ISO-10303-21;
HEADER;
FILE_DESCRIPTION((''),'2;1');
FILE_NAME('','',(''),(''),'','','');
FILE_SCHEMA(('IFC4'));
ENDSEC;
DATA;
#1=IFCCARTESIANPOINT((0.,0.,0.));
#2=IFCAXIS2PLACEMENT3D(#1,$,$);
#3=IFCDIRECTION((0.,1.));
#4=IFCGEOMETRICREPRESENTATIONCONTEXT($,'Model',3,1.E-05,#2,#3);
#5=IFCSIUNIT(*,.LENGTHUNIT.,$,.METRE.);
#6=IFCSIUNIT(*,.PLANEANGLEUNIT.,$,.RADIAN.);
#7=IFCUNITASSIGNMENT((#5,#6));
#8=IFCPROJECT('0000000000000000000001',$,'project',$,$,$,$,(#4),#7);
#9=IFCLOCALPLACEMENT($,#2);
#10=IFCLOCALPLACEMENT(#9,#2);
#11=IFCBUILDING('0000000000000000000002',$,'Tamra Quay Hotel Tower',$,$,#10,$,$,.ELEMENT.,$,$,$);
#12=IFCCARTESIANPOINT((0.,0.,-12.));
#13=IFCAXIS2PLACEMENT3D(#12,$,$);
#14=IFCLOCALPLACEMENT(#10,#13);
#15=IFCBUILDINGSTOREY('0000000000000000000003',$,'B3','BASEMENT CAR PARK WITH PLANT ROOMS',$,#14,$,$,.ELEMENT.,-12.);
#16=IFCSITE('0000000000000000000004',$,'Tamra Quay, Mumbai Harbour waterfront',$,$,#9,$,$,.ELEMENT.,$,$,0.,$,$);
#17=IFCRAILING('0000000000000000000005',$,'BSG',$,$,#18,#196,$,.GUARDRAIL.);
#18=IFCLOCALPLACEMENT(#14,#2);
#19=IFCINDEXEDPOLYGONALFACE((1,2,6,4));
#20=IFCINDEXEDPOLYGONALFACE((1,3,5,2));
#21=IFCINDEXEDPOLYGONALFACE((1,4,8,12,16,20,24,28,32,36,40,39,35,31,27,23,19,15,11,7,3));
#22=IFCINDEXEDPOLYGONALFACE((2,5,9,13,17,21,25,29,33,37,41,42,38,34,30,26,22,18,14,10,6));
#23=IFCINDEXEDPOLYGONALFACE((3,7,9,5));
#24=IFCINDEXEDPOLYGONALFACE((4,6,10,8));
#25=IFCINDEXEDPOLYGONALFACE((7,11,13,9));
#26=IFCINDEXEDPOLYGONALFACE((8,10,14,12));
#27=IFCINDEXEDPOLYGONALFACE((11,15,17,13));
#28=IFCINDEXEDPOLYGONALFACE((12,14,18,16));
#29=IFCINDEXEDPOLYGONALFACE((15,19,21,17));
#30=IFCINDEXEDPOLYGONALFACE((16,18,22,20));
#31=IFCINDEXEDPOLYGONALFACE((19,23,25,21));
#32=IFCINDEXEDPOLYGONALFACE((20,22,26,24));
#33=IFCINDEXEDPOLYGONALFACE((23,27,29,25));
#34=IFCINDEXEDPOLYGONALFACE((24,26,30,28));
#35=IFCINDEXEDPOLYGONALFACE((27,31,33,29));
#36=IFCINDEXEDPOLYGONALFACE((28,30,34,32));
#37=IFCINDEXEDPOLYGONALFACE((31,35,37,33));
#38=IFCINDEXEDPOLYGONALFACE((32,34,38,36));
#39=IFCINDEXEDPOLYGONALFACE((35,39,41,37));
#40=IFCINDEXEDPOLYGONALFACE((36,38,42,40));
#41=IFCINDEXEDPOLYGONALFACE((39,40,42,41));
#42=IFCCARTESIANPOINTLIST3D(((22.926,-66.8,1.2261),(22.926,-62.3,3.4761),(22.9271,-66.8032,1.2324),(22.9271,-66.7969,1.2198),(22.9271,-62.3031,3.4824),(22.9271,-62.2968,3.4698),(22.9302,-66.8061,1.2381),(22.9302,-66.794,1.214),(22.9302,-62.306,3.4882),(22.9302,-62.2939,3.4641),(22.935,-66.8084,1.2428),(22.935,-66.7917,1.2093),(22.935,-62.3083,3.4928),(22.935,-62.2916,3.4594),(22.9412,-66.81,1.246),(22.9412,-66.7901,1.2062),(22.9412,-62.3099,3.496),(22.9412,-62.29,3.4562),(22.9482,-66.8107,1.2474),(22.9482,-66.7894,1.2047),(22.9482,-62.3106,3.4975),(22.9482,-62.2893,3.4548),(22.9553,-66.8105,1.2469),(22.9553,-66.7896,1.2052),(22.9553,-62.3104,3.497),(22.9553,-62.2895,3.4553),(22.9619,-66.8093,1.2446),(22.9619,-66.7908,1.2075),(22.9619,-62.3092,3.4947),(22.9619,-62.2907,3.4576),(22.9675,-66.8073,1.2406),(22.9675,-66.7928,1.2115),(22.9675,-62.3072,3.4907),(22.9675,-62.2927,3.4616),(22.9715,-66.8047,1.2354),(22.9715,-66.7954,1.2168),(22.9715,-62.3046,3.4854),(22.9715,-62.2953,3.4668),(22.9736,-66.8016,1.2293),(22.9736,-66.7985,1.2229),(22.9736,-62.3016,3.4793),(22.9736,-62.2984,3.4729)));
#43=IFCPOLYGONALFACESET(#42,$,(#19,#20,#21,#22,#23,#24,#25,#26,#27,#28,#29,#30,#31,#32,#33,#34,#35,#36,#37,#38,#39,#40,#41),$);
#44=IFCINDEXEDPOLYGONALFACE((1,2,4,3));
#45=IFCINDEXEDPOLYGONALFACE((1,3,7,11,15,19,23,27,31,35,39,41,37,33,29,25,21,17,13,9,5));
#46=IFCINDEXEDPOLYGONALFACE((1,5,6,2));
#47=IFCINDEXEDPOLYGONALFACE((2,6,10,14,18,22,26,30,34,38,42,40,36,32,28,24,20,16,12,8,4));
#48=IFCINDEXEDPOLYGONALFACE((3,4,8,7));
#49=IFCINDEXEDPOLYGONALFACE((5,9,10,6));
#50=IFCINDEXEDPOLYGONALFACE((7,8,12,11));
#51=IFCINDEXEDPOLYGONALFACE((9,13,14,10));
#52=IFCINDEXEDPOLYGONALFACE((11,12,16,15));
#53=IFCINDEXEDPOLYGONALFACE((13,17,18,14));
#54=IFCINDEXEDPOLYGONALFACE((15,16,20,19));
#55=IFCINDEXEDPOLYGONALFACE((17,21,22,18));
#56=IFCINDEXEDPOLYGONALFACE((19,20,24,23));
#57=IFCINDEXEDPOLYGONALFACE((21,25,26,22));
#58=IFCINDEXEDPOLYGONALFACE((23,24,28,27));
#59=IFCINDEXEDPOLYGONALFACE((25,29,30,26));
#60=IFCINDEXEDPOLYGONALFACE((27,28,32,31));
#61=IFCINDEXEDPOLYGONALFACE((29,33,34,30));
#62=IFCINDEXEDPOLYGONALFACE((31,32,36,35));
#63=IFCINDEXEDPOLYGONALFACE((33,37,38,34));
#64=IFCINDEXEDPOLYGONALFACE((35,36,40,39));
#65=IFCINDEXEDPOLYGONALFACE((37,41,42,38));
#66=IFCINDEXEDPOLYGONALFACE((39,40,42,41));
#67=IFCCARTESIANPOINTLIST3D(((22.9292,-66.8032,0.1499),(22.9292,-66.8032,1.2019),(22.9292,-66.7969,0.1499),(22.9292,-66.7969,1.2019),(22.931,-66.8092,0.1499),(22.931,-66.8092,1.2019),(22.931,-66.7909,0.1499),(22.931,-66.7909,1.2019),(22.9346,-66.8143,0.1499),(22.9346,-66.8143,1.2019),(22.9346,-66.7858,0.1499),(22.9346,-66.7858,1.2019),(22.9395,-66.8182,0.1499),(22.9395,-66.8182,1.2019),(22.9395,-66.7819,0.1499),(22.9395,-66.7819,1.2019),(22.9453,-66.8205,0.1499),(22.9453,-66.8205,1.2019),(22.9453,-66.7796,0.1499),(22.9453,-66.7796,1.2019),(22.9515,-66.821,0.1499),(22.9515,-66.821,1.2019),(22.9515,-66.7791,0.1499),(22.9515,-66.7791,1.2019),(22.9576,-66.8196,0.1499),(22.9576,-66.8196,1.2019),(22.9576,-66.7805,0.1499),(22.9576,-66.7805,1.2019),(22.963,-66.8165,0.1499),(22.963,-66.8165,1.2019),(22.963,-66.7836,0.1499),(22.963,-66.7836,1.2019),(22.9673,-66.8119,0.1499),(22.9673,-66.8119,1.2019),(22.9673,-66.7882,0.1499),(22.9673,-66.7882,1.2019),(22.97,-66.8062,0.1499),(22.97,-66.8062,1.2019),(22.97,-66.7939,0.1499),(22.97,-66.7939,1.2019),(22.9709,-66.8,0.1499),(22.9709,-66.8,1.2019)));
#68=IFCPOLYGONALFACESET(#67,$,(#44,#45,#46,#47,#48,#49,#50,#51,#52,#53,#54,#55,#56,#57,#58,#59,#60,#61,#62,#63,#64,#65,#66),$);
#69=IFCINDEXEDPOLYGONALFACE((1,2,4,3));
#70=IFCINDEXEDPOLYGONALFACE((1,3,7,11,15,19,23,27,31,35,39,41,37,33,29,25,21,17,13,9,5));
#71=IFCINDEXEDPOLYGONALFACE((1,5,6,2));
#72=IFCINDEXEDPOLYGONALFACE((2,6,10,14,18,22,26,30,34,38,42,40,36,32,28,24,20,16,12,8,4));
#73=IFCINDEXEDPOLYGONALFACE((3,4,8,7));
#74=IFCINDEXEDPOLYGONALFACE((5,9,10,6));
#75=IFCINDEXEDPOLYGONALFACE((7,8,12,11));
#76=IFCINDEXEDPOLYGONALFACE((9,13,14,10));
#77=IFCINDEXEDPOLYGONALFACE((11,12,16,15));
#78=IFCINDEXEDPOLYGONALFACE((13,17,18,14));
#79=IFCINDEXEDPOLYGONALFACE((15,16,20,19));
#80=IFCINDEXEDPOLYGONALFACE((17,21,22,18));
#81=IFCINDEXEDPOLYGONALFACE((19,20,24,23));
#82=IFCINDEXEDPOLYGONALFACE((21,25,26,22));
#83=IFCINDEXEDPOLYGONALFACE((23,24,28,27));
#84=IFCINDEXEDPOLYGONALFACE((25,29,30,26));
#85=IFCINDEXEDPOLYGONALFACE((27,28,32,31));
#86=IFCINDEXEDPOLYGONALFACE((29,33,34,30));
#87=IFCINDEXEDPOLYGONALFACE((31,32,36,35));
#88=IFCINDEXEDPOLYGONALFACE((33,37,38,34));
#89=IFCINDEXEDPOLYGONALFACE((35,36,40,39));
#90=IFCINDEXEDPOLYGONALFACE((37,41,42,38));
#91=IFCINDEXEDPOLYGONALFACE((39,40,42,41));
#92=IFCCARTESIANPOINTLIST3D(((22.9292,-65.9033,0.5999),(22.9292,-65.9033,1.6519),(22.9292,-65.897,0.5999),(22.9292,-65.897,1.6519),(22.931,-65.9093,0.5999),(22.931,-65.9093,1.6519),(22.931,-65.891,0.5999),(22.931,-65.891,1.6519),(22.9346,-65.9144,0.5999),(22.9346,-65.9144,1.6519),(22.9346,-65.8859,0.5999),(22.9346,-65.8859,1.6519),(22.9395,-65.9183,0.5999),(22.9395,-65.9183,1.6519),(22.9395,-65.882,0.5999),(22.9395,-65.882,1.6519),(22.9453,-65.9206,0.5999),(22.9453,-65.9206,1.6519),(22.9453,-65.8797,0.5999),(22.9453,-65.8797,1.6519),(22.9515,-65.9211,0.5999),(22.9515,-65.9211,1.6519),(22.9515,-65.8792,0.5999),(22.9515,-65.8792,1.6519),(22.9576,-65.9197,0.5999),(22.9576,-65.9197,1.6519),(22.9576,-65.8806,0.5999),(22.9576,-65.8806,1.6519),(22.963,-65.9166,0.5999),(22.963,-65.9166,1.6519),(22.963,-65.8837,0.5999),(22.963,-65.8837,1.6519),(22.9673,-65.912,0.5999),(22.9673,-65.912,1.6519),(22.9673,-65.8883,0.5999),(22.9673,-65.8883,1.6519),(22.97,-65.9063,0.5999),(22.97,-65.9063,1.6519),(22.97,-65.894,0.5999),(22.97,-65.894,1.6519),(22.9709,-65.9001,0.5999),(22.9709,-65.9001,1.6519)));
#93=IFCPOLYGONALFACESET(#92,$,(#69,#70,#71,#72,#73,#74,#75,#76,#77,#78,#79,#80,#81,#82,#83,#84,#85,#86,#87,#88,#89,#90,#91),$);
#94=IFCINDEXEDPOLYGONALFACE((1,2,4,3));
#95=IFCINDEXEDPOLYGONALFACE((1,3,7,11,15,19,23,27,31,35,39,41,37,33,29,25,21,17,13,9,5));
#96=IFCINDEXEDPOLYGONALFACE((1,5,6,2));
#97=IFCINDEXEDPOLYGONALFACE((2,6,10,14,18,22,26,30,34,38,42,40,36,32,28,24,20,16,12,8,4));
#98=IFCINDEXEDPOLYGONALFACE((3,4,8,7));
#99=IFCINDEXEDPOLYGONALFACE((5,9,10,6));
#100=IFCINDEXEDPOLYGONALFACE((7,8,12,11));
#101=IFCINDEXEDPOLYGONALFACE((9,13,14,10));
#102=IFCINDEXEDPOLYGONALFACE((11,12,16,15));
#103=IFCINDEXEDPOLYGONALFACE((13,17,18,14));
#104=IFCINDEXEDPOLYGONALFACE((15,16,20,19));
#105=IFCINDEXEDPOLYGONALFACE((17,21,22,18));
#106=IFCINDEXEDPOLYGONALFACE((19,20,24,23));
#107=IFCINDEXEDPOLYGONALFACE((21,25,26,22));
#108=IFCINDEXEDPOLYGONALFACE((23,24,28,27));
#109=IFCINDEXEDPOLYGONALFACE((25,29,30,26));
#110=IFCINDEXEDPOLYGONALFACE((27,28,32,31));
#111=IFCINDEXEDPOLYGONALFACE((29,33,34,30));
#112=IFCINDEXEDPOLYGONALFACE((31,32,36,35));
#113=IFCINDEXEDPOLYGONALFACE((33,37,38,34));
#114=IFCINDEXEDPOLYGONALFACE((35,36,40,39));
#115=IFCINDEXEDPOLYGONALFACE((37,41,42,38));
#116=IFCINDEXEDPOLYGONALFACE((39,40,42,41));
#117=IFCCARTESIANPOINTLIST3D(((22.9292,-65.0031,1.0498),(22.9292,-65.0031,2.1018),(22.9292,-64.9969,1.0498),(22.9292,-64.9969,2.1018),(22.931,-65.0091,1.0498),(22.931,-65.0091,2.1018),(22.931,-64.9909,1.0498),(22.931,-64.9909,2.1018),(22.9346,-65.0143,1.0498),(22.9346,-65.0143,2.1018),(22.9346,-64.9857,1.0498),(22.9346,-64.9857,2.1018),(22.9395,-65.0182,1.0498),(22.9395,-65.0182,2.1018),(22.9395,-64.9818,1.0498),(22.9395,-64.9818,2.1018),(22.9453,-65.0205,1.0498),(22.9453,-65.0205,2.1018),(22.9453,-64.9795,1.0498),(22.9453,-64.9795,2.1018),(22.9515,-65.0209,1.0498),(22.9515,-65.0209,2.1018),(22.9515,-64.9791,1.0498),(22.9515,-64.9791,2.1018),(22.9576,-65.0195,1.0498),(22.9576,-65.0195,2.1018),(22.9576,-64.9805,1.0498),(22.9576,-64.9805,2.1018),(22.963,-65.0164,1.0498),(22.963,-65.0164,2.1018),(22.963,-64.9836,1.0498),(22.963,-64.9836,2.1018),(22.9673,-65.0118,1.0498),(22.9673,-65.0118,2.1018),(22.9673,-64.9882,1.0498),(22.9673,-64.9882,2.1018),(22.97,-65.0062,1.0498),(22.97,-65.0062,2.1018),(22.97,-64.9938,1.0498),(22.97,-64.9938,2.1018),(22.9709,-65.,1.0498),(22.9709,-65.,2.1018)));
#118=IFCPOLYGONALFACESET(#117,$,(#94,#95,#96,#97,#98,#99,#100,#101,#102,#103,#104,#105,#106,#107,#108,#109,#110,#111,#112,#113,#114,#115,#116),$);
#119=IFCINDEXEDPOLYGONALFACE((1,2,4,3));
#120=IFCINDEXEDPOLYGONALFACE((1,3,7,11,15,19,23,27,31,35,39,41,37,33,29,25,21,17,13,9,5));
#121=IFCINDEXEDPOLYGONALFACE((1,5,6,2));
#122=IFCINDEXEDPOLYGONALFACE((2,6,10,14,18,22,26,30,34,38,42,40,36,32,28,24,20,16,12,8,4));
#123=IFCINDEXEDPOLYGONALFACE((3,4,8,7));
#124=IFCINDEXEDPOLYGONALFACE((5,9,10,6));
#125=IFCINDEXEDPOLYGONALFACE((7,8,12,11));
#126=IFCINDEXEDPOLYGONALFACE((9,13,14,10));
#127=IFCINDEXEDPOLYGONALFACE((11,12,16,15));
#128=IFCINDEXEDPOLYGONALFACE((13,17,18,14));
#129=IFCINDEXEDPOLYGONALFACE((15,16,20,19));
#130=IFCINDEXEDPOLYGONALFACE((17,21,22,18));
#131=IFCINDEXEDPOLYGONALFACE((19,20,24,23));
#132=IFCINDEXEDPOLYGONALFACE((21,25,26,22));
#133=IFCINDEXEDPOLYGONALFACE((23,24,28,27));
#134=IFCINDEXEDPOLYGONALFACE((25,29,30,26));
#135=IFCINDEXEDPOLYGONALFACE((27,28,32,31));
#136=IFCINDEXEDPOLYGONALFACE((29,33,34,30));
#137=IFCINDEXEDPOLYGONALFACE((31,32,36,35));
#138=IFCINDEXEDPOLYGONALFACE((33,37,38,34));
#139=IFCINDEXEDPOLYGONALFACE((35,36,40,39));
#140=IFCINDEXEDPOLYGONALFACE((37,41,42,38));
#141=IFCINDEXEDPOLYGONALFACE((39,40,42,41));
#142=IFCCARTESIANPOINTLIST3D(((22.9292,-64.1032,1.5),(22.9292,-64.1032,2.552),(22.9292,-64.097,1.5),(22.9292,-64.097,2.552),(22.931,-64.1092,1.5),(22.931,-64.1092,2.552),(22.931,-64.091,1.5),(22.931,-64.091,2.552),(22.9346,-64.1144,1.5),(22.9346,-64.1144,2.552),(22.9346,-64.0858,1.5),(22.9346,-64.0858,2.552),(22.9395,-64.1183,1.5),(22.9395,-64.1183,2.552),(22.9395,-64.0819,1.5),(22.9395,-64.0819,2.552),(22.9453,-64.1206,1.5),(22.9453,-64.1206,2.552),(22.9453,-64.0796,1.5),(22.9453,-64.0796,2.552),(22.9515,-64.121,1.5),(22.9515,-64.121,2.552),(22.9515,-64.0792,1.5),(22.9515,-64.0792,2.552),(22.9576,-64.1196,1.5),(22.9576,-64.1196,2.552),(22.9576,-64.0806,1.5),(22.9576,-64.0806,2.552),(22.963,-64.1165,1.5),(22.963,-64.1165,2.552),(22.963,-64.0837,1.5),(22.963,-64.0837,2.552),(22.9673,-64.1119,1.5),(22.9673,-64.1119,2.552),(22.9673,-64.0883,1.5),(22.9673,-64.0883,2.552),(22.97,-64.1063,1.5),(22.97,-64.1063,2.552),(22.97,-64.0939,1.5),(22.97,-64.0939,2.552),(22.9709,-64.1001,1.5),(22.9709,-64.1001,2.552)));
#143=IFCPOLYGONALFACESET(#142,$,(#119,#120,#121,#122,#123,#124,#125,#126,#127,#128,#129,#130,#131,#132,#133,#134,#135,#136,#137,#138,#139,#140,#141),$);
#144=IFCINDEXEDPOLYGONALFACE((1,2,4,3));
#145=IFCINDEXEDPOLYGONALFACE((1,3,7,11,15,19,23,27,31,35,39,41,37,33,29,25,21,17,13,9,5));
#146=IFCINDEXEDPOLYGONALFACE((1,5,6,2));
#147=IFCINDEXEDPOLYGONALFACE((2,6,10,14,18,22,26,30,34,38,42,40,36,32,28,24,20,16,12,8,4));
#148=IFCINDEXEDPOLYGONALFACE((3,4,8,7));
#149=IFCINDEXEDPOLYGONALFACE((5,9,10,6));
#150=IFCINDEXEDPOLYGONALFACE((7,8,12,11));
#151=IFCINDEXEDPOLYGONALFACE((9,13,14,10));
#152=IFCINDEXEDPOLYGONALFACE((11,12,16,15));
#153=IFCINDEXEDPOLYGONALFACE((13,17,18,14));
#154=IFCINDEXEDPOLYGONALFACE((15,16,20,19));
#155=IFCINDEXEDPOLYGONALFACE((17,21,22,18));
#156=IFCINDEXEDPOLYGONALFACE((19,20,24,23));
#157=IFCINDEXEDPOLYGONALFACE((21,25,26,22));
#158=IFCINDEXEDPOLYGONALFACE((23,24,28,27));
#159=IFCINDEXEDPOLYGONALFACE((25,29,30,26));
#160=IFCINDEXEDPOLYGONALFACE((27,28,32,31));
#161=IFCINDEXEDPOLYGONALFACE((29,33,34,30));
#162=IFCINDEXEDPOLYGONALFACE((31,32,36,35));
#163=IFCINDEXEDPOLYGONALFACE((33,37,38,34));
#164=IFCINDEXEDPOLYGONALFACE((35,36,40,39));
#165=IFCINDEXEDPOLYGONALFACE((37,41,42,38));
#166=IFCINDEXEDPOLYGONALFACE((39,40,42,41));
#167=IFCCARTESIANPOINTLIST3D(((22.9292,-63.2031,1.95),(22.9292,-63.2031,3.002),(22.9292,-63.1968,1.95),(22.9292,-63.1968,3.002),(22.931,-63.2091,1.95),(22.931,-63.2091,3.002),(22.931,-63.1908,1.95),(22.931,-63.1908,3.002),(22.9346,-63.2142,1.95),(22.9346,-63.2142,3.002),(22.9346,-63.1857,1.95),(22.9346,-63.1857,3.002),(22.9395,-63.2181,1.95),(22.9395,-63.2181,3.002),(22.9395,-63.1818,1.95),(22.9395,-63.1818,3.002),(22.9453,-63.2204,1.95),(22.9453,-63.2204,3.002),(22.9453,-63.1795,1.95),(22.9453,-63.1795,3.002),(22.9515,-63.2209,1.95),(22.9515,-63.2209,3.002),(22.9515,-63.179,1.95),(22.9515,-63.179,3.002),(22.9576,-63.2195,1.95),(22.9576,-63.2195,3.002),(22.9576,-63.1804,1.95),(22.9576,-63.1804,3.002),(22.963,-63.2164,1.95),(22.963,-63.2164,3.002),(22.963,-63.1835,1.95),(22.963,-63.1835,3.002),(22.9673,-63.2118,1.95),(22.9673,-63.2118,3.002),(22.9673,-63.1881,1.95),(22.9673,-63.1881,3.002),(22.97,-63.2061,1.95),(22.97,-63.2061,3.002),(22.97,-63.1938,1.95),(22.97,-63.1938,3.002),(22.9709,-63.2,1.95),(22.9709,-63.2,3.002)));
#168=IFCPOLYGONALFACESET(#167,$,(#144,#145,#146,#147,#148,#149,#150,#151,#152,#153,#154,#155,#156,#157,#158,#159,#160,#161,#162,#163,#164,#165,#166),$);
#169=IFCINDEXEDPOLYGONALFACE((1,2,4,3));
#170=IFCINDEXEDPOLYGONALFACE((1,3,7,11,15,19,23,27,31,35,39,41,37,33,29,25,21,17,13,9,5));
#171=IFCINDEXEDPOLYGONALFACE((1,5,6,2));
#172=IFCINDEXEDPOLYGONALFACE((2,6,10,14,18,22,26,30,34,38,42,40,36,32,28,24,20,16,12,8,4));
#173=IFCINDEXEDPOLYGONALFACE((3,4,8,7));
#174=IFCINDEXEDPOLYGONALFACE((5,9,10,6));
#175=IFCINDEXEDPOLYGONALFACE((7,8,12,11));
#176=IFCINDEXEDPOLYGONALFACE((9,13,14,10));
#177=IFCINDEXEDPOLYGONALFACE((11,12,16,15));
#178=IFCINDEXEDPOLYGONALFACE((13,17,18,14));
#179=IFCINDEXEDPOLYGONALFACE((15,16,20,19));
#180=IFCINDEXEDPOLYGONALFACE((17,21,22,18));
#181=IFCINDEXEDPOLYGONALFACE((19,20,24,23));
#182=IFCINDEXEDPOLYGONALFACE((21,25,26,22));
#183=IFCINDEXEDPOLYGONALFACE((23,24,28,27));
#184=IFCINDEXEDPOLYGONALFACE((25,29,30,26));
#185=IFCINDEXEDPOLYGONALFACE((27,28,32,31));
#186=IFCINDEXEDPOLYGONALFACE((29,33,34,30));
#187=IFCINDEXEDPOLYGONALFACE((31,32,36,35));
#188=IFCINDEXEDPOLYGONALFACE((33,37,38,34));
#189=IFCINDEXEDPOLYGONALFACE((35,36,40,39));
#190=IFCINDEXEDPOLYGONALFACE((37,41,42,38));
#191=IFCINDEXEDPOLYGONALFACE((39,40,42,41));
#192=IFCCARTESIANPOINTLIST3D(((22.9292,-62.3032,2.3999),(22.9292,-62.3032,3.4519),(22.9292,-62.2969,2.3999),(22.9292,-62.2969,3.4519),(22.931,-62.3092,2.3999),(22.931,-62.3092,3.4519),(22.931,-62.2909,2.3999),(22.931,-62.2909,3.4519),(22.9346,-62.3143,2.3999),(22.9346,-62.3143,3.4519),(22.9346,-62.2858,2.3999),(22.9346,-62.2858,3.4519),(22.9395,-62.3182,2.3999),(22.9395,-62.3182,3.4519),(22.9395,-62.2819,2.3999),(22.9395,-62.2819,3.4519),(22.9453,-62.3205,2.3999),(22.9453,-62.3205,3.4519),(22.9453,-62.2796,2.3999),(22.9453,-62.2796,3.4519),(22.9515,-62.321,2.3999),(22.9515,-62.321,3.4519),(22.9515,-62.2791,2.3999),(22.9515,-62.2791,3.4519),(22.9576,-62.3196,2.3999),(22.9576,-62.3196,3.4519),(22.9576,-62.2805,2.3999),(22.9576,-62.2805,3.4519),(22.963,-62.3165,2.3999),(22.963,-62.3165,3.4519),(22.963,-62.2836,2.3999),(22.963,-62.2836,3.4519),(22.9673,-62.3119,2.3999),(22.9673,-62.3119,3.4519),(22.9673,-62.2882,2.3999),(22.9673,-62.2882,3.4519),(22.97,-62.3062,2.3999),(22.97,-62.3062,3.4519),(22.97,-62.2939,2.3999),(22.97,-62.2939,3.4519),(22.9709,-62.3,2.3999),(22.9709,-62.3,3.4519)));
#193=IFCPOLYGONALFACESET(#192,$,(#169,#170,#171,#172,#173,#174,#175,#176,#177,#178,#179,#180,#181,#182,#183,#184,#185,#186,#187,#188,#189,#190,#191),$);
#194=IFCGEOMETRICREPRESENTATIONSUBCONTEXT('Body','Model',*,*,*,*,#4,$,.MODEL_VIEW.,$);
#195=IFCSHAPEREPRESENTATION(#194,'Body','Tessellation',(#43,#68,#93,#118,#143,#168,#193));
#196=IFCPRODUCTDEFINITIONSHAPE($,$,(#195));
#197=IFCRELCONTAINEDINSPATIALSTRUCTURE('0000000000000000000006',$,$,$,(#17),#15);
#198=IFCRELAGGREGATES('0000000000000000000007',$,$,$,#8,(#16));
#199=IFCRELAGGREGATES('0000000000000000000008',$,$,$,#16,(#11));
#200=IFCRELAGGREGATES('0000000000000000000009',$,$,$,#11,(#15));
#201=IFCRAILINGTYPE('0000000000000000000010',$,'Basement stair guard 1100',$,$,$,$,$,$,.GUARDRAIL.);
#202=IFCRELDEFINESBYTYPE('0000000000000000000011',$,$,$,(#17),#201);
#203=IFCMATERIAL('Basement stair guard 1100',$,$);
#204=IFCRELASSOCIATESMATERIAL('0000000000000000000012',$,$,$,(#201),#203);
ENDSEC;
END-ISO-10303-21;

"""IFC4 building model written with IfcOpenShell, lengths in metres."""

from ifc_helpers import new_model, si_unit, direction, frame, origin, origin_2d, place, context, subcontext, project, spatial, circle, extrude, material, type_object, element, save


model = new_model("IFC4")

# Units and contexts
model_context = context("Model", 3, precision=1e-05, world=origin(), true_north=direction((0.0, 1.0)))
body_context = subcontext(model_context, "Body", "Model", "MODEL_VIEW")
ifc_project = project(units=[si_unit("LENGTHUNIT", "METRE"), si_unit("PLANEANGLEUNIT", "RADIAN")], contexts=[model_context])

# Site, building, storey
site_placement = place(None, origin())
site = spatial("IfcSite", under=ifc_project, at=site_placement, Name="Tamra Quay, Mumbai Harbour waterfront", CompositionType="ELEMENT", RefElevation=0.0)
building_placement = place(site_placement, origin())
building = spatial("IfcBuilding", under=site, at=building_placement, Name="Tamra Quay Hotel Tower", CompositionType="ELEMENT")
storey_placement = place(building_placement, frame((0.0, 0.0, -12.0)))
storey = spatial("IfcBuildingStorey", under=building, at=storey_placement, Name="B3", Description="BASEMENT CAR PARK WITH PLANT ROOMS", CompositionType="ELEMENT", Elevation=-12.0)

# Railing
ifc_material_1 = material(Name="Basement stair guard 1100")
railing_type_1 = type_object("IfcRailingType", Name="Basement stair guard 1100", PredefinedType="GUARDRAIL", material=ifc_material_1)
railing_1_placement = place(storey_placement, frame((22.95, -66.8, 0.1499)))
element("IfcRailing", 1, at=railing_1_placement, inside=storey, type_object=railing_type_1, Name="BSG", PredefinedType="GUARDRAIL", context=body_context, shape_type="SweptSolid", body=[
    extrude(circle(Radius=0.0239, at=origin_2d()), frame((0.0, 0.0, 1.0762), z_axis=(0.0, 0.894427, 0.447214), x_axis=(-1.0, 0.0, 0.0)), (0.0, 0.0, 1.0), 5.0312),
    extrude(circle(Radius=0.021, at=origin_2d()), origin(), (0.0, 0.0, 1.0), 1.052),
    extrude(circle(Radius=0.021, at=origin_2d()), frame((0.0, 0.8999, 0.45)), (0.0, 0.0, 1.0), 1.052),
    extrude(circle(Radius=0.021, at=origin_2d()), frame((0.0, 1.8, 0.8999)), (0.0, 0.0, 1.0), 1.052),
    extrude(circle(Radius=0.021, at=origin_2d()), frame((0.0, 2.7, 1.3501)), (0.0, 0.0, 1.0), 1.052),
    extrude(circle(Radius=0.021, at=origin_2d()), frame((0.0, 3.6001, 1.8)), (0.0, 0.0, 1.0), 1.052),
    extrude(circle(Radius=0.021, at=origin_2d()), frame((0.0, 4.5, 2.25)), (0.0, 0.0, 1.0), 1.052),
])

save(model, "model.ifc")
